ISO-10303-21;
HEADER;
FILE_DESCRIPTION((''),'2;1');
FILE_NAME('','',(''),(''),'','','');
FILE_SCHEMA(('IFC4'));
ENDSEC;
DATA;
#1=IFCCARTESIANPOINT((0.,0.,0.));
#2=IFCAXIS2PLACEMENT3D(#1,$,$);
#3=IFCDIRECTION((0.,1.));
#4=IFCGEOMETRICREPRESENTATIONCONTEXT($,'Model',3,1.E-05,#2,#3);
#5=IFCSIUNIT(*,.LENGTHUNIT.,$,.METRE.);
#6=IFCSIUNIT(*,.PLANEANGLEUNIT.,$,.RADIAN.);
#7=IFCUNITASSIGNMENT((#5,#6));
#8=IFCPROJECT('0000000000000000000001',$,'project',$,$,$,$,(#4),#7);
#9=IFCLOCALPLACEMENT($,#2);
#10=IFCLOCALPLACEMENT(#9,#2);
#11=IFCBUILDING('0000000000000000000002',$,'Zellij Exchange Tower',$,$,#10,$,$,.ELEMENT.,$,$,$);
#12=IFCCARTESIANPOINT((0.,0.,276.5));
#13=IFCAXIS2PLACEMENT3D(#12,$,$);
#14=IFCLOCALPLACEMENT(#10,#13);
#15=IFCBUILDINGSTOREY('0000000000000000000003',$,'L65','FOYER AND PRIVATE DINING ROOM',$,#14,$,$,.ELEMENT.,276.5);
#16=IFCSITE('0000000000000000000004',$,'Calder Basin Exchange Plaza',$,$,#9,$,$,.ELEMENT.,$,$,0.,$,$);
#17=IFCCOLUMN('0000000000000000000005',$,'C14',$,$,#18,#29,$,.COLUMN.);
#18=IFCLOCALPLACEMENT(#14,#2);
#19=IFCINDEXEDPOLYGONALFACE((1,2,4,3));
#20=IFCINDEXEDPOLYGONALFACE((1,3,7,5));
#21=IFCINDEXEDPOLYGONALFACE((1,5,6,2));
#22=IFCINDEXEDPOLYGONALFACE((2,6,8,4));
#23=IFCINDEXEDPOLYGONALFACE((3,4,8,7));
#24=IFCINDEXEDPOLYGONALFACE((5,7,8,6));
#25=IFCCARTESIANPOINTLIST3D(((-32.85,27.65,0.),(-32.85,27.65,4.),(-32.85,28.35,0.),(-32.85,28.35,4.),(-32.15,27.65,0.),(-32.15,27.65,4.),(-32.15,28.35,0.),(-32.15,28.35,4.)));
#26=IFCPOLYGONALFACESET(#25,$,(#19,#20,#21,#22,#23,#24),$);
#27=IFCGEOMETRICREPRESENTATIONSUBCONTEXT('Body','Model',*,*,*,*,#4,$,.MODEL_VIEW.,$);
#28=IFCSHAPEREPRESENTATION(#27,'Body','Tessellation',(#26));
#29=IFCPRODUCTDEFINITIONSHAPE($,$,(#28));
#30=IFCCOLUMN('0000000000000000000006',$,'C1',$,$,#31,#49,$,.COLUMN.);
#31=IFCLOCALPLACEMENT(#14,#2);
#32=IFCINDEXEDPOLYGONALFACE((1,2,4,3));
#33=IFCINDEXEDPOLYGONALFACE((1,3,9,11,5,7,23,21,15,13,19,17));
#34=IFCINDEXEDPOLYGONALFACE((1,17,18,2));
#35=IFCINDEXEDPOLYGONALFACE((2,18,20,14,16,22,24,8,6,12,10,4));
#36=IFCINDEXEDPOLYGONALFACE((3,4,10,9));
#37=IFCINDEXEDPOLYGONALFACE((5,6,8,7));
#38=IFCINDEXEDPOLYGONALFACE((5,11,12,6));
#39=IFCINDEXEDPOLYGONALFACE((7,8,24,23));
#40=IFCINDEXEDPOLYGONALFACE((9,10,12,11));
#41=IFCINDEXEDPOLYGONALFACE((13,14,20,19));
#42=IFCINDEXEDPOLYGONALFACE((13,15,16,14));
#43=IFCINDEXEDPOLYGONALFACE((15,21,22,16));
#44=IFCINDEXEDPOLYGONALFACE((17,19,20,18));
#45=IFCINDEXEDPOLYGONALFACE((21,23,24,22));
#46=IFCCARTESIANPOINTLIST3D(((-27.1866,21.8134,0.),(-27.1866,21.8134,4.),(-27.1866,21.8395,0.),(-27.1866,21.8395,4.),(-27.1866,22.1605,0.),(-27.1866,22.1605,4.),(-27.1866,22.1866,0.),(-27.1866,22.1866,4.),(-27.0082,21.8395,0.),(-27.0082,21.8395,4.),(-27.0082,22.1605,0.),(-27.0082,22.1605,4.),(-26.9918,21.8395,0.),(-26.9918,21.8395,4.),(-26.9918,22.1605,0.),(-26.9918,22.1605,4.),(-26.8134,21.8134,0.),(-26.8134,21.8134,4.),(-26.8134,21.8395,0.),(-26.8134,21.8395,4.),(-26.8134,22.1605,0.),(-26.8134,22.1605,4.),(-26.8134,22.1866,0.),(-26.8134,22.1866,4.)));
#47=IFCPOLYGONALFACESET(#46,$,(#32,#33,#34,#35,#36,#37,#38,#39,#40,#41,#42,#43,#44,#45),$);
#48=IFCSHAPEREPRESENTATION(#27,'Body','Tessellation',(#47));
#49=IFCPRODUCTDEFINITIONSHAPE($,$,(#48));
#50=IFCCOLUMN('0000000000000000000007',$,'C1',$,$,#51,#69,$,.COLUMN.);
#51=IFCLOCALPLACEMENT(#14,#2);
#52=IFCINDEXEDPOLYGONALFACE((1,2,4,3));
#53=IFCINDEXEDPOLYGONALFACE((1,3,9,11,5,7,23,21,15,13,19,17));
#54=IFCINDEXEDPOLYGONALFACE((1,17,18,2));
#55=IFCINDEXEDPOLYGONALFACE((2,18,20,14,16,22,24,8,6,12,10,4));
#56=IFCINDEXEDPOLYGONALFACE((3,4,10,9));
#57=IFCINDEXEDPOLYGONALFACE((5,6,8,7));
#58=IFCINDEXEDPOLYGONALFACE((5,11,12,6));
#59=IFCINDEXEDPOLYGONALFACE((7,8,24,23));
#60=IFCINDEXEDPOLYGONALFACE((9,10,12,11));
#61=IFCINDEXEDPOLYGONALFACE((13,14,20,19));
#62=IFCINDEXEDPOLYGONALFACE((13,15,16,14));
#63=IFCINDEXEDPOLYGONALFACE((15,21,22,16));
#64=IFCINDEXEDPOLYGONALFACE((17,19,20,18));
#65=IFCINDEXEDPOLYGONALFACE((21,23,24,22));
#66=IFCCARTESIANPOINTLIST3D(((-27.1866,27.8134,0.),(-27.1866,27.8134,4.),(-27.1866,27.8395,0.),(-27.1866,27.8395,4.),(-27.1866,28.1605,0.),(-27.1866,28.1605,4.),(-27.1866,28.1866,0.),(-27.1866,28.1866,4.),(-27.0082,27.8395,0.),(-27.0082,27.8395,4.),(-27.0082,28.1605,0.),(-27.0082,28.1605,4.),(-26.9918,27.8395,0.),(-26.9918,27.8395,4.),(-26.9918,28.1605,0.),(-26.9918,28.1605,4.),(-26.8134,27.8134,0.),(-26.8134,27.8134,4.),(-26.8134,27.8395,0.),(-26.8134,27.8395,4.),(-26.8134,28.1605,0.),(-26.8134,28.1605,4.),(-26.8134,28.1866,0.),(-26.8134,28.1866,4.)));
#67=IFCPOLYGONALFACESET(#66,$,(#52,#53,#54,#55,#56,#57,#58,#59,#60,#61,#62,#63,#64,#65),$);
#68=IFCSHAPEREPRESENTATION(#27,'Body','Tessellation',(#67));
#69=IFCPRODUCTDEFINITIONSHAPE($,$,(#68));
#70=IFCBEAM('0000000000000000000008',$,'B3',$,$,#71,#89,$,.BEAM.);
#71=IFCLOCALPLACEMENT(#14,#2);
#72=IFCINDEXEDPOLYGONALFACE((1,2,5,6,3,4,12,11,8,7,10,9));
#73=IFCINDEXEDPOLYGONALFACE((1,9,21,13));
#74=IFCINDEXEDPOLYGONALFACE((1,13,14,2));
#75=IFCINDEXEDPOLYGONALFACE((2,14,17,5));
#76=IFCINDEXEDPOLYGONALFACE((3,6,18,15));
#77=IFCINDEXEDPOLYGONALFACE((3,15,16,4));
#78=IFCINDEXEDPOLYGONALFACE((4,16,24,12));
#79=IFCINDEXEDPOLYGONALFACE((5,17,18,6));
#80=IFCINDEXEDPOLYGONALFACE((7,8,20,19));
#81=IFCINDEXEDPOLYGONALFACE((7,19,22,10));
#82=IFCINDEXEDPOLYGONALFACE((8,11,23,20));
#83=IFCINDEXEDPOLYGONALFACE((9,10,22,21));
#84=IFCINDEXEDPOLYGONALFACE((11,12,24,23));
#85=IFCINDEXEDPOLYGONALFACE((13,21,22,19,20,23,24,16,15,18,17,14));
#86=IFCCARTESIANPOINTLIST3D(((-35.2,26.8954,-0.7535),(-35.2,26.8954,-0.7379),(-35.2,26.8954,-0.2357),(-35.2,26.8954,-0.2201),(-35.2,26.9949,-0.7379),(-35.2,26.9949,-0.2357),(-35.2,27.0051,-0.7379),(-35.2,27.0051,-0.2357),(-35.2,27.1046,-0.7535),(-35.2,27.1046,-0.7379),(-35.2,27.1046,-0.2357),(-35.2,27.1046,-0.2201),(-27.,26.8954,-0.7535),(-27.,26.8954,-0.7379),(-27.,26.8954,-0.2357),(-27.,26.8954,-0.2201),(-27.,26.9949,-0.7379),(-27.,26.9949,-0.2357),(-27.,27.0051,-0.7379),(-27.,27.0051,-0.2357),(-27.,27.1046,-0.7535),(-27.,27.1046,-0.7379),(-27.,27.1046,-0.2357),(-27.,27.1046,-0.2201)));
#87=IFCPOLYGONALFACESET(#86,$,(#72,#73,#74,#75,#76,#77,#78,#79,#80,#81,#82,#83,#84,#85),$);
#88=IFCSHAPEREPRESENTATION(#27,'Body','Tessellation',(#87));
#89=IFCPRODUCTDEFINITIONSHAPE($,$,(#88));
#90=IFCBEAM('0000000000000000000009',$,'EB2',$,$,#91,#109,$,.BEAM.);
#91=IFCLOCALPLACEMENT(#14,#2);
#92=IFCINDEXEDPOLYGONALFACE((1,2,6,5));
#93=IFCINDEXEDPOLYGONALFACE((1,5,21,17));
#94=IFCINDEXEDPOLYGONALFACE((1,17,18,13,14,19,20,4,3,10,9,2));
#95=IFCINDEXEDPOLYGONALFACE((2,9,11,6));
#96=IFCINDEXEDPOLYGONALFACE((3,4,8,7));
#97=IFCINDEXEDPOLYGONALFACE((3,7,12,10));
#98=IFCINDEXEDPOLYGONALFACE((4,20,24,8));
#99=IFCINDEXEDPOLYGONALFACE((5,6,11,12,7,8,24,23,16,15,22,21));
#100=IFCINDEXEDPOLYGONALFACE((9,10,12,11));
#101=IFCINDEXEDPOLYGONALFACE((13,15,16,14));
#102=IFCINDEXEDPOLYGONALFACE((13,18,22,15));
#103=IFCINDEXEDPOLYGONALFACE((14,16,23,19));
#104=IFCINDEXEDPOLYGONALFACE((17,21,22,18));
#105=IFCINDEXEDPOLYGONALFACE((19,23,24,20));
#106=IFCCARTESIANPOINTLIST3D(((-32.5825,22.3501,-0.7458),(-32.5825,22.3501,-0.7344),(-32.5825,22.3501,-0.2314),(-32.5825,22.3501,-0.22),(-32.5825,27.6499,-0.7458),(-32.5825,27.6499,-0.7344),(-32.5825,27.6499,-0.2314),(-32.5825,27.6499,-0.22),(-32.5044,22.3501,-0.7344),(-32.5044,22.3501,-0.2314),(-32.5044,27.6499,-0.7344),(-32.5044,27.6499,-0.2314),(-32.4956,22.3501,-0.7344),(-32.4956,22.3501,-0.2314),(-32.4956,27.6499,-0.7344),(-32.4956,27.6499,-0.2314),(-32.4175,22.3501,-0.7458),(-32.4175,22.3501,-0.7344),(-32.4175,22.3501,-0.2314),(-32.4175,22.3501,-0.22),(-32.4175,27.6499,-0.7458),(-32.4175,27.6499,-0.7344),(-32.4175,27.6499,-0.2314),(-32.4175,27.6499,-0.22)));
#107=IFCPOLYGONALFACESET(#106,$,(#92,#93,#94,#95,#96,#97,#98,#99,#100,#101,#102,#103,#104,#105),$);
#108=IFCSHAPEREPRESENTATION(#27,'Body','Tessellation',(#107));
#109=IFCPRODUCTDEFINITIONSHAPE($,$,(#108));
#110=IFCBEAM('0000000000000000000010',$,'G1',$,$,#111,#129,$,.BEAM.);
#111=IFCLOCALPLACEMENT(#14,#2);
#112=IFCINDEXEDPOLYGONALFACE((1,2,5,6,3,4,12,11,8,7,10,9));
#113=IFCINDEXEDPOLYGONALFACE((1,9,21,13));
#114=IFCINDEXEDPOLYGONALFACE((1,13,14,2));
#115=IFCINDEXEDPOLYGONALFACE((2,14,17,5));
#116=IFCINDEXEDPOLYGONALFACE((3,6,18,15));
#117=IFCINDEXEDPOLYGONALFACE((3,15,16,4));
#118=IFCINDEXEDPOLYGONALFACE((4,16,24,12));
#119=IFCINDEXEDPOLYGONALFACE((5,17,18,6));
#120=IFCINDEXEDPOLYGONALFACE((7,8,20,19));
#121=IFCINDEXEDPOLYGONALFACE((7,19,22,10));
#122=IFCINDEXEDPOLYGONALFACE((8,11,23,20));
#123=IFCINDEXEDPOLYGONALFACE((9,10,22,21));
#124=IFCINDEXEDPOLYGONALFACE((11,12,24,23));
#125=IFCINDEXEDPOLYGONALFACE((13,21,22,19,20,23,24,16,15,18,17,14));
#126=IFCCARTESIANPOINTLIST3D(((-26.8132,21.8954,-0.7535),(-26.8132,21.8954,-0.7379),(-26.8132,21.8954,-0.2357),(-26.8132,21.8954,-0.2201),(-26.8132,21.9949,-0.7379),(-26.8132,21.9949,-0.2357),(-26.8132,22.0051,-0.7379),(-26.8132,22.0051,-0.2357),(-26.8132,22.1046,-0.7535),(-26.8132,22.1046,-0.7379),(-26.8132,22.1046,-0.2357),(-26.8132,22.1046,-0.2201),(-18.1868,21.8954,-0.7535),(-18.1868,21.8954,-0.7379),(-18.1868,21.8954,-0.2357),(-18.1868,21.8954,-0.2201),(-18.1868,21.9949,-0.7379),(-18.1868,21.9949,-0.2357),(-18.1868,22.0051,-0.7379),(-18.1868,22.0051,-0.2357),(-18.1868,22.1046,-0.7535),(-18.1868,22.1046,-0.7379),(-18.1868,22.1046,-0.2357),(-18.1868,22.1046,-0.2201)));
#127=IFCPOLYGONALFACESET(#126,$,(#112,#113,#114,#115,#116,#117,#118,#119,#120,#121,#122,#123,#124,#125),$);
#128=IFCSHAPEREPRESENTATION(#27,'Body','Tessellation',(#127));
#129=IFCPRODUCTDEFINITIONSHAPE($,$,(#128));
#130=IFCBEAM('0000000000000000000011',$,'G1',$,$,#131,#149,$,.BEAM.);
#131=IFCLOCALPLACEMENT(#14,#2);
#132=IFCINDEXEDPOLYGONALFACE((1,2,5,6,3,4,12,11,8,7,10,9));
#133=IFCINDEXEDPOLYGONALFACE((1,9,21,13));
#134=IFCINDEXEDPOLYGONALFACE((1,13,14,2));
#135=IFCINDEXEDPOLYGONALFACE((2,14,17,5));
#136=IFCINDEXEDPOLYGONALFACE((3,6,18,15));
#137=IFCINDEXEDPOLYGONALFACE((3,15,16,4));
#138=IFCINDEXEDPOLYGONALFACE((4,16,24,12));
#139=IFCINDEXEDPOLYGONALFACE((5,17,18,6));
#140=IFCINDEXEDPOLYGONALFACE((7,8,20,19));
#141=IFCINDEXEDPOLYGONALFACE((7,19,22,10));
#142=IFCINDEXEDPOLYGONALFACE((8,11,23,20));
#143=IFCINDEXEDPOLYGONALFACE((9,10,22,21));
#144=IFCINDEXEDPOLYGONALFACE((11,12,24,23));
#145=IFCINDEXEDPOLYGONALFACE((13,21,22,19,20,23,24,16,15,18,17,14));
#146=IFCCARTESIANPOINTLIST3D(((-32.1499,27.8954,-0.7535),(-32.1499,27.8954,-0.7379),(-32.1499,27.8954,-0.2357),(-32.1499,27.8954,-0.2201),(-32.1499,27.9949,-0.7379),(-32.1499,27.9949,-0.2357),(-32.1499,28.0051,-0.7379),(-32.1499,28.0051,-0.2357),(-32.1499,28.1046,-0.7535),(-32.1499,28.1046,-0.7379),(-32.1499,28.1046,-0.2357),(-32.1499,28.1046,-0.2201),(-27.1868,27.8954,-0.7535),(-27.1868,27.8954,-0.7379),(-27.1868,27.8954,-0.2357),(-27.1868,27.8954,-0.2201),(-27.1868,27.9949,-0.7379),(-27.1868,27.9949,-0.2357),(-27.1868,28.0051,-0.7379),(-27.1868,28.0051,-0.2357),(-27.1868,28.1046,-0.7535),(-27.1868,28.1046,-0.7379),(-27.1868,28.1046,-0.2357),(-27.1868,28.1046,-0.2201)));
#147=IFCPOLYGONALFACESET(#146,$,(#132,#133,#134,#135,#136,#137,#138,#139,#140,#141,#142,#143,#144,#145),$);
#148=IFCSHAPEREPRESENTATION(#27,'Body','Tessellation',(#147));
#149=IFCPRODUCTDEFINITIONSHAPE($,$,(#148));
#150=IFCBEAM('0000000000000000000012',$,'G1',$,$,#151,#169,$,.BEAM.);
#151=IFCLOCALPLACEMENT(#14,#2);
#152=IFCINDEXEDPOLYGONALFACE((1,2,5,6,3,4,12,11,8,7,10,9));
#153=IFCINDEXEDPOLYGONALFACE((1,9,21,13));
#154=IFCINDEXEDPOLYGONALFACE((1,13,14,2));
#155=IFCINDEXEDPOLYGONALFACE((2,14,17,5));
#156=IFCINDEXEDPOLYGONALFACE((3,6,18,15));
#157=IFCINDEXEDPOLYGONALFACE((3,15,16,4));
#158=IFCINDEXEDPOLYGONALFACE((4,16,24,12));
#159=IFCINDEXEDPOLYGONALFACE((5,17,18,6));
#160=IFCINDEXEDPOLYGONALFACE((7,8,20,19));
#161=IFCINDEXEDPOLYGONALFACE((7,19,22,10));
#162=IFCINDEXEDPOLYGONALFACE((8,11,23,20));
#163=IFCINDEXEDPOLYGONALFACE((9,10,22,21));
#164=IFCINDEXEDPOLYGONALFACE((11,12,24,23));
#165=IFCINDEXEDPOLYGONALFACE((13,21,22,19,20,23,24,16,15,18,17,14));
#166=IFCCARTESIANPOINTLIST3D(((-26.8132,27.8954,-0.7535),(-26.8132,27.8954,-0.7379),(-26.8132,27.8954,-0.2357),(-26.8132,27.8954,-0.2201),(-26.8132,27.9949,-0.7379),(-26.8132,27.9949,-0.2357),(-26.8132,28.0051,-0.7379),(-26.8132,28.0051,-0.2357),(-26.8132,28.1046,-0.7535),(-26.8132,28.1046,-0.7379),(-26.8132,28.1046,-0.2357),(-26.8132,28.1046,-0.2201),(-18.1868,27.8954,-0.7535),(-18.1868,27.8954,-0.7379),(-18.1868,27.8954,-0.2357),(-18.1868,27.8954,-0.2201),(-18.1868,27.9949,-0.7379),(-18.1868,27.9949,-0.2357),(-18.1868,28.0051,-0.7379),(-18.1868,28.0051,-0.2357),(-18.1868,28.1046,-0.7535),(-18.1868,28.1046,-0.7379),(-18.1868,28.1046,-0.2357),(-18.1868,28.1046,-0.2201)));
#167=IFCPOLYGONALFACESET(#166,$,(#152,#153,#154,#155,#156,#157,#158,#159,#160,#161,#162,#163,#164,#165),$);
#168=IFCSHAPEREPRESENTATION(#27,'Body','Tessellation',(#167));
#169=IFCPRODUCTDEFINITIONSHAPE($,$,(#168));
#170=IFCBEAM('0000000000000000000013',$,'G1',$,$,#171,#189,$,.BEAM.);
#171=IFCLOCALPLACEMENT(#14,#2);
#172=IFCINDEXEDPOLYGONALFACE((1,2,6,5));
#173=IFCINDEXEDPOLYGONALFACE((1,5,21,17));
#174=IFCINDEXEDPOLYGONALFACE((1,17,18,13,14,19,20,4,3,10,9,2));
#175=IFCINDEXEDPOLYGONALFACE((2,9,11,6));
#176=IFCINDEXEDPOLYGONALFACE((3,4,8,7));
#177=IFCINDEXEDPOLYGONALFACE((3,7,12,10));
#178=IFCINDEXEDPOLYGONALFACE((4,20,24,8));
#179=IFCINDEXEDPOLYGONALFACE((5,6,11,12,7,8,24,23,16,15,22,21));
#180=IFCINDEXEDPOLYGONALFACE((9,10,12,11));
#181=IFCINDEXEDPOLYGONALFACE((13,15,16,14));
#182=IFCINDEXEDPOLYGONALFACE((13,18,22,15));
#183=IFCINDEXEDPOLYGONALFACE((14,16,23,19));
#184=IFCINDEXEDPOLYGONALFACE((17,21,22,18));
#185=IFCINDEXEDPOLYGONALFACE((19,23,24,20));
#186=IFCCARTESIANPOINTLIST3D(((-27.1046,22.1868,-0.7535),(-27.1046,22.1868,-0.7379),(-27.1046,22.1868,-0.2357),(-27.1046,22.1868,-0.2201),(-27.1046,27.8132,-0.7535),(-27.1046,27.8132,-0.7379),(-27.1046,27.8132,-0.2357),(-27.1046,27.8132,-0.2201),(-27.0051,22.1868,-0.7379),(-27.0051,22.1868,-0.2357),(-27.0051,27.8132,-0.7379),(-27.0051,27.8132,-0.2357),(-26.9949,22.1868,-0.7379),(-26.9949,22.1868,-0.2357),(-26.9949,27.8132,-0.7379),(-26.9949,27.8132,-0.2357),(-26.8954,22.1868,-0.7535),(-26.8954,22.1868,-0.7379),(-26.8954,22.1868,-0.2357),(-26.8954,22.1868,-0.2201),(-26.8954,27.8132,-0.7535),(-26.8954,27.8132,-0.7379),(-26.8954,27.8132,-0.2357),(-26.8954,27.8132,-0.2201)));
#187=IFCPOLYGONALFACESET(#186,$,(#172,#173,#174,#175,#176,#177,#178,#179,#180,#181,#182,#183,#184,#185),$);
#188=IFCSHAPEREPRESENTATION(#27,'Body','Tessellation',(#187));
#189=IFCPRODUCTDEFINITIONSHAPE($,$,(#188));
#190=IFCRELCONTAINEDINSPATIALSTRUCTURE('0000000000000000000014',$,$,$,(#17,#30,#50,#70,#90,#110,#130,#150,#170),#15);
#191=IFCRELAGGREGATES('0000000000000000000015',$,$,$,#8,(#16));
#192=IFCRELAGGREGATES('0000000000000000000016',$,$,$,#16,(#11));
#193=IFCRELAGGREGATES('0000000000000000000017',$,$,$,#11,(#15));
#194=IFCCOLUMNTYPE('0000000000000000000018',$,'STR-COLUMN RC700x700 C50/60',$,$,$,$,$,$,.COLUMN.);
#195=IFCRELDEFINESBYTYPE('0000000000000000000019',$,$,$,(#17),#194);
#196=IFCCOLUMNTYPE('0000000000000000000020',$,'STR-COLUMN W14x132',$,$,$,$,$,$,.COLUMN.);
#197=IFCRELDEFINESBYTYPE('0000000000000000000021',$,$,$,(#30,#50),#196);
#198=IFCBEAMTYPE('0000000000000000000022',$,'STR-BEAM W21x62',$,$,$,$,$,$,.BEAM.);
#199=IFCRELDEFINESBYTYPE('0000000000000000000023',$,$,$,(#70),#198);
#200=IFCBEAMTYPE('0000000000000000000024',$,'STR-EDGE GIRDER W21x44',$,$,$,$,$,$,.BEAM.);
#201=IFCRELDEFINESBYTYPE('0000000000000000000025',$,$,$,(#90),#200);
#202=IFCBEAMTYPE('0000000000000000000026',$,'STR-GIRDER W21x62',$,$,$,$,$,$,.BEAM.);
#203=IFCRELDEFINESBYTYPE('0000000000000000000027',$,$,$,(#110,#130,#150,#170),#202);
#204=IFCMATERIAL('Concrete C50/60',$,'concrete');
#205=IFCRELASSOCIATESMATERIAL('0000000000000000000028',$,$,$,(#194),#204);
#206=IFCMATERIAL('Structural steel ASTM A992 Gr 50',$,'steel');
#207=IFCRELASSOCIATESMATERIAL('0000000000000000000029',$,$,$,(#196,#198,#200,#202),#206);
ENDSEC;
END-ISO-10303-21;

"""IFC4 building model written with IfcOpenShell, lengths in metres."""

from ifc_helpers import new_model, si_unit, direction, frame, origin, origin_2d, place, context, subcontext, project, spatial, rectangle, i_section, extrude, material, material_profile, profile_set, type_object, element, save


model = new_model("IFC4")

# Units and contexts
model_context = context("Model", 3, precision=1e-05, world=origin(), true_north=direction((0.0, 1.0)))
body_context = subcontext(model_context, "Body", "Model", "MODEL_VIEW")
ifc_project = project(units=[si_unit("LENGTHUNIT", "METRE"), si_unit("PLANEANGLEUNIT", "RADIAN")], contexts=[model_context])

# Site, building, storey
site_placement = place(None, origin())
site = spatial("IfcSite", under=ifc_project, at=site_placement, Name="Calder Basin Exchange Plaza", CompositionType="ELEMENT", RefElevation=0.0)
building_placement = place(site_placement, origin())
building = spatial("IfcBuilding", under=site, at=building_placement, Name="Zellij Exchange Tower", CompositionType="ELEMENT")
storey_placement = place(building_placement, frame((0.0, 0.0, 276.5)))
storey = spatial("IfcBuildingStorey", under=building, at=storey_placement, Name="L65", Description="FOYER AND PRIVATE DINING ROOM", CompositionType="ELEMENT", Elevation=276.5)

# Columns
ifc_material_1 = material(Name="Concrete C50/60", Category="concrete")
ifc_material_profile_1 = material_profile(ifc_material_1, rectangle(XDim=0.7, YDim=0.7, at=origin_2d()), Name="STR-COLUMN RC700x700 C50/60")
ifc_profile_set_1 = profile_set([ifc_material_profile_1], Name="Concrete C50/60")
column_type_1 = type_object("IfcColumnType", Name="STR-COLUMN RC700x700 C50/60", PredefinedType="COLUMN", material=ifc_profile_set_1)
column_placement = place(storey_placement, frame((-32.5, 28.0, 0.0), z_axis=(0.0, 0.0, 1.0), x_axis=(1.0, 0.0, 0.0)))
element("IfcColumn", 1, at=column_placement, inside=storey, type_object=column_type_1, Name="C14", PredefinedType="COLUMN", context=body_context, shape_type="SweptSolid", body=[
    extrude(rectangle(XDim=0.7, YDim=0.7, at=origin_2d()), origin(), (0.0, 0.0, 1.0), 4.0),
])
ifc_material_2 = material(Name="Structural steel ASTM A992 Gr 50", Category="steel")
ifc_material_profile_2 = material_profile(ifc_material_2, i_section(OverallWidth=0.3733, OverallDepth=0.3733, WebThickness=0.0164, FlangeThickness=0.0261, at=origin_2d()), Name="W14x132")
ifc_profile_set_2 = profile_set([ifc_material_profile_2], Name="Structural steel ASTM A992 Gr 50")
column_type_2 = type_object("IfcColumnType", Name="STR-COLUMN W14x132", PredefinedType="COLUMN", material=ifc_profile_set_2)
for number, where, z_axis, x_axis, name in (
    (2, (-27.0, 22.0, 0.0), (0.0, 0.0, 1.0), (1.0, 0.0, 0.0), "C1"),
    (3, (-27.0, 28.0, 0.0), (0.0, 0.0, 1.0), (1.0, 0.0, 0.0), "C1"),
):
    element("IfcColumn", number, at=place(storey_placement, frame(where, z_axis=z_axis, x_axis=x_axis)), inside=storey, type_object=column_type_2, Name=name, PredefinedType="COLUMN", context=body_context, shape_type="SweptSolid", body=[
        extrude(i_section(OverallWidth=0.3733, OverallDepth=0.3733, WebThickness=0.0164, FlangeThickness=0.0261, at=origin_2d()), origin(), (0.0, 0.0, 1.0), 4.0),
    ])

# Beams
ifc_material_profile_3 = material_profile(ifc_material_2, i_section(OverallWidth=0.2092, OverallDepth=0.5334, WebThickness=0.0103, FlangeThickness=0.0156, at=origin_2d()), Name="W21x62")
ifc_profile_set_3 = profile_set([ifc_material_profile_3], Name="Structural steel ASTM A992 Gr 50")
beam_type_1 = type_object("IfcBeamType", Name="STR-BEAM W21x62", PredefinedType="BEAM", material=ifc_profile_set_3)
beam_1_placement = place(storey_placement, frame((-35.2, 27.0, -0.4868), z_axis=(1.0, 0.0, 0.0), x_axis=(0.0, 1.0, 0.0)))
element("IfcBeam", 4, at=beam_1_placement, inside=storey, type_object=beam_type_1, Name="B3", PredefinedType="BEAM", context=body_context, shape_type="SweptSolid", body=[
    extrude(i_section(OverallWidth=0.2092, OverallDepth=0.5334, WebThickness=0.0103, FlangeThickness=0.0156, at=origin_2d()), origin(), (0.0, 0.0, 1.0), 8.2),
])
ifc_material_profile_4 = material_profile(ifc_material_2, i_section(OverallWidth=0.165, OverallDepth=0.5259, WebThickness=0.0088, FlangeThickness=0.0115, at=origin_2d()), Name="W21x44")
ifc_profile_set_4 = profile_set([ifc_material_profile_4], Name="Structural steel ASTM A992 Gr 50")
beam_type_2 = type_object("IfcBeamType", Name="STR-EDGE GIRDER W21x44", PredefinedType="BEAM", material=ifc_profile_set_4)
beam_2_placement = place(storey_placement, frame((-32.5, 22.3501, -0.4829), z_axis=(0.0, 1.0, 0.0), x_axis=(-1.0, 0.0, 0.0)))
element("IfcBeam", 5, at=beam_2_placement, inside=storey, type_object=beam_type_2, Name="EB2", PredefinedType="BEAM", context=body_context, shape_type="SweptSolid", body=[
    extrude(i_section(OverallWidth=0.165, OverallDepth=0.5259, WebThickness=0.0088, FlangeThickness=0.0115, at=origin_2d()), origin(), (0.0, 0.0, 1.0), 5.2998),
])
ifc_material_profile_5 = material_profile(ifc_material_2, i_section(OverallWidth=0.2092, OverallDepth=0.5334, WebThickness=0.0103, FlangeThickness=0.0156, at=origin_2d()), Name="W21x62")
ifc_profile_set_5 = profile_set([ifc_material_profile_5], Name="Structural steel ASTM A992 Gr 50")
beam_type_3 = type_object("IfcBeamType", Name="STR-GIRDER W21x62", PredefinedType="BEAM", material=ifc_profile_set_5)
beam_3_placement = place(storey_placement, frame((-26.8132, 22.0, -0.4868), z_axis=(1.0, 0.0, 0.0), x_axis=(0.0, 1.0, 0.0)))
element("IfcBeam", 6, at=beam_3_placement, inside=storey, type_object=beam_type_3, Name="G1", PredefinedType="BEAM", context=body_context, shape_type="SweptSolid", body=[
    extrude(i_section(OverallWidth=0.2092, OverallDepth=0.5334, WebThickness=0.0103, FlangeThickness=0.0156, at=origin_2d()), origin(), (0.0, 0.0, 1.0), 8.6265),
])
beam_4_placement = place(storey_placement, frame((-32.1499, 28.0, -0.4868), z_axis=(1.0, 0.0, 0.0), x_axis=(0.0, 1.0, 0.0)))
element("IfcBeam", 7, at=beam_4_placement, inside=storey, type_object=beam_type_3, Name="G1", PredefinedType="BEAM", context=body_context, shape_type="SweptSolid", body=[
    extrude(i_section(OverallWidth=0.2092, OverallDepth=0.5334, WebThickness=0.0103, FlangeThickness=0.0156, at=origin_2d()), origin(), (0.0, 0.0, 1.0), 4.9631),
])
beam_5_placement = place(storey_placement, frame((-26.8132, 28.0, -0.4868), z_axis=(1.0, 0.0, 0.0), x_axis=(0.0, 1.0, 0.0)))
element("IfcBeam", 8, at=beam_5_placement, inside=storey, type_object=beam_type_3, Name="G1", PredefinedType="BEAM", context=body_context, shape_type="SweptSolid", body=[
    extrude(i_section(OverallWidth=0.2092, OverallDepth=0.5334, WebThickness=0.0103, FlangeThickness=0.0156, at=origin_2d()), origin(), (0.0, 0.0, 1.0), 8.6265),
])
beam_6_placement = place(storey_placement, frame((-27.0, 22.1868, -0.4868), z_axis=(0.0, 1.0, 0.0), x_axis=(-1.0, 0.0, 0.0)))
element("IfcBeam", 9, at=beam_6_placement, inside=storey, type_object=beam_type_3, Name="G1", PredefinedType="BEAM", context=body_context, shape_type="SweptSolid", body=[
    extrude(i_section(OverallWidth=0.2092, OverallDepth=0.5334, WebThickness=0.0103, FlangeThickness=0.0156, at=origin_2d()), origin(), (0.0, 0.0, 1.0), 5.6265),
])

save(model, "model.ifc")
